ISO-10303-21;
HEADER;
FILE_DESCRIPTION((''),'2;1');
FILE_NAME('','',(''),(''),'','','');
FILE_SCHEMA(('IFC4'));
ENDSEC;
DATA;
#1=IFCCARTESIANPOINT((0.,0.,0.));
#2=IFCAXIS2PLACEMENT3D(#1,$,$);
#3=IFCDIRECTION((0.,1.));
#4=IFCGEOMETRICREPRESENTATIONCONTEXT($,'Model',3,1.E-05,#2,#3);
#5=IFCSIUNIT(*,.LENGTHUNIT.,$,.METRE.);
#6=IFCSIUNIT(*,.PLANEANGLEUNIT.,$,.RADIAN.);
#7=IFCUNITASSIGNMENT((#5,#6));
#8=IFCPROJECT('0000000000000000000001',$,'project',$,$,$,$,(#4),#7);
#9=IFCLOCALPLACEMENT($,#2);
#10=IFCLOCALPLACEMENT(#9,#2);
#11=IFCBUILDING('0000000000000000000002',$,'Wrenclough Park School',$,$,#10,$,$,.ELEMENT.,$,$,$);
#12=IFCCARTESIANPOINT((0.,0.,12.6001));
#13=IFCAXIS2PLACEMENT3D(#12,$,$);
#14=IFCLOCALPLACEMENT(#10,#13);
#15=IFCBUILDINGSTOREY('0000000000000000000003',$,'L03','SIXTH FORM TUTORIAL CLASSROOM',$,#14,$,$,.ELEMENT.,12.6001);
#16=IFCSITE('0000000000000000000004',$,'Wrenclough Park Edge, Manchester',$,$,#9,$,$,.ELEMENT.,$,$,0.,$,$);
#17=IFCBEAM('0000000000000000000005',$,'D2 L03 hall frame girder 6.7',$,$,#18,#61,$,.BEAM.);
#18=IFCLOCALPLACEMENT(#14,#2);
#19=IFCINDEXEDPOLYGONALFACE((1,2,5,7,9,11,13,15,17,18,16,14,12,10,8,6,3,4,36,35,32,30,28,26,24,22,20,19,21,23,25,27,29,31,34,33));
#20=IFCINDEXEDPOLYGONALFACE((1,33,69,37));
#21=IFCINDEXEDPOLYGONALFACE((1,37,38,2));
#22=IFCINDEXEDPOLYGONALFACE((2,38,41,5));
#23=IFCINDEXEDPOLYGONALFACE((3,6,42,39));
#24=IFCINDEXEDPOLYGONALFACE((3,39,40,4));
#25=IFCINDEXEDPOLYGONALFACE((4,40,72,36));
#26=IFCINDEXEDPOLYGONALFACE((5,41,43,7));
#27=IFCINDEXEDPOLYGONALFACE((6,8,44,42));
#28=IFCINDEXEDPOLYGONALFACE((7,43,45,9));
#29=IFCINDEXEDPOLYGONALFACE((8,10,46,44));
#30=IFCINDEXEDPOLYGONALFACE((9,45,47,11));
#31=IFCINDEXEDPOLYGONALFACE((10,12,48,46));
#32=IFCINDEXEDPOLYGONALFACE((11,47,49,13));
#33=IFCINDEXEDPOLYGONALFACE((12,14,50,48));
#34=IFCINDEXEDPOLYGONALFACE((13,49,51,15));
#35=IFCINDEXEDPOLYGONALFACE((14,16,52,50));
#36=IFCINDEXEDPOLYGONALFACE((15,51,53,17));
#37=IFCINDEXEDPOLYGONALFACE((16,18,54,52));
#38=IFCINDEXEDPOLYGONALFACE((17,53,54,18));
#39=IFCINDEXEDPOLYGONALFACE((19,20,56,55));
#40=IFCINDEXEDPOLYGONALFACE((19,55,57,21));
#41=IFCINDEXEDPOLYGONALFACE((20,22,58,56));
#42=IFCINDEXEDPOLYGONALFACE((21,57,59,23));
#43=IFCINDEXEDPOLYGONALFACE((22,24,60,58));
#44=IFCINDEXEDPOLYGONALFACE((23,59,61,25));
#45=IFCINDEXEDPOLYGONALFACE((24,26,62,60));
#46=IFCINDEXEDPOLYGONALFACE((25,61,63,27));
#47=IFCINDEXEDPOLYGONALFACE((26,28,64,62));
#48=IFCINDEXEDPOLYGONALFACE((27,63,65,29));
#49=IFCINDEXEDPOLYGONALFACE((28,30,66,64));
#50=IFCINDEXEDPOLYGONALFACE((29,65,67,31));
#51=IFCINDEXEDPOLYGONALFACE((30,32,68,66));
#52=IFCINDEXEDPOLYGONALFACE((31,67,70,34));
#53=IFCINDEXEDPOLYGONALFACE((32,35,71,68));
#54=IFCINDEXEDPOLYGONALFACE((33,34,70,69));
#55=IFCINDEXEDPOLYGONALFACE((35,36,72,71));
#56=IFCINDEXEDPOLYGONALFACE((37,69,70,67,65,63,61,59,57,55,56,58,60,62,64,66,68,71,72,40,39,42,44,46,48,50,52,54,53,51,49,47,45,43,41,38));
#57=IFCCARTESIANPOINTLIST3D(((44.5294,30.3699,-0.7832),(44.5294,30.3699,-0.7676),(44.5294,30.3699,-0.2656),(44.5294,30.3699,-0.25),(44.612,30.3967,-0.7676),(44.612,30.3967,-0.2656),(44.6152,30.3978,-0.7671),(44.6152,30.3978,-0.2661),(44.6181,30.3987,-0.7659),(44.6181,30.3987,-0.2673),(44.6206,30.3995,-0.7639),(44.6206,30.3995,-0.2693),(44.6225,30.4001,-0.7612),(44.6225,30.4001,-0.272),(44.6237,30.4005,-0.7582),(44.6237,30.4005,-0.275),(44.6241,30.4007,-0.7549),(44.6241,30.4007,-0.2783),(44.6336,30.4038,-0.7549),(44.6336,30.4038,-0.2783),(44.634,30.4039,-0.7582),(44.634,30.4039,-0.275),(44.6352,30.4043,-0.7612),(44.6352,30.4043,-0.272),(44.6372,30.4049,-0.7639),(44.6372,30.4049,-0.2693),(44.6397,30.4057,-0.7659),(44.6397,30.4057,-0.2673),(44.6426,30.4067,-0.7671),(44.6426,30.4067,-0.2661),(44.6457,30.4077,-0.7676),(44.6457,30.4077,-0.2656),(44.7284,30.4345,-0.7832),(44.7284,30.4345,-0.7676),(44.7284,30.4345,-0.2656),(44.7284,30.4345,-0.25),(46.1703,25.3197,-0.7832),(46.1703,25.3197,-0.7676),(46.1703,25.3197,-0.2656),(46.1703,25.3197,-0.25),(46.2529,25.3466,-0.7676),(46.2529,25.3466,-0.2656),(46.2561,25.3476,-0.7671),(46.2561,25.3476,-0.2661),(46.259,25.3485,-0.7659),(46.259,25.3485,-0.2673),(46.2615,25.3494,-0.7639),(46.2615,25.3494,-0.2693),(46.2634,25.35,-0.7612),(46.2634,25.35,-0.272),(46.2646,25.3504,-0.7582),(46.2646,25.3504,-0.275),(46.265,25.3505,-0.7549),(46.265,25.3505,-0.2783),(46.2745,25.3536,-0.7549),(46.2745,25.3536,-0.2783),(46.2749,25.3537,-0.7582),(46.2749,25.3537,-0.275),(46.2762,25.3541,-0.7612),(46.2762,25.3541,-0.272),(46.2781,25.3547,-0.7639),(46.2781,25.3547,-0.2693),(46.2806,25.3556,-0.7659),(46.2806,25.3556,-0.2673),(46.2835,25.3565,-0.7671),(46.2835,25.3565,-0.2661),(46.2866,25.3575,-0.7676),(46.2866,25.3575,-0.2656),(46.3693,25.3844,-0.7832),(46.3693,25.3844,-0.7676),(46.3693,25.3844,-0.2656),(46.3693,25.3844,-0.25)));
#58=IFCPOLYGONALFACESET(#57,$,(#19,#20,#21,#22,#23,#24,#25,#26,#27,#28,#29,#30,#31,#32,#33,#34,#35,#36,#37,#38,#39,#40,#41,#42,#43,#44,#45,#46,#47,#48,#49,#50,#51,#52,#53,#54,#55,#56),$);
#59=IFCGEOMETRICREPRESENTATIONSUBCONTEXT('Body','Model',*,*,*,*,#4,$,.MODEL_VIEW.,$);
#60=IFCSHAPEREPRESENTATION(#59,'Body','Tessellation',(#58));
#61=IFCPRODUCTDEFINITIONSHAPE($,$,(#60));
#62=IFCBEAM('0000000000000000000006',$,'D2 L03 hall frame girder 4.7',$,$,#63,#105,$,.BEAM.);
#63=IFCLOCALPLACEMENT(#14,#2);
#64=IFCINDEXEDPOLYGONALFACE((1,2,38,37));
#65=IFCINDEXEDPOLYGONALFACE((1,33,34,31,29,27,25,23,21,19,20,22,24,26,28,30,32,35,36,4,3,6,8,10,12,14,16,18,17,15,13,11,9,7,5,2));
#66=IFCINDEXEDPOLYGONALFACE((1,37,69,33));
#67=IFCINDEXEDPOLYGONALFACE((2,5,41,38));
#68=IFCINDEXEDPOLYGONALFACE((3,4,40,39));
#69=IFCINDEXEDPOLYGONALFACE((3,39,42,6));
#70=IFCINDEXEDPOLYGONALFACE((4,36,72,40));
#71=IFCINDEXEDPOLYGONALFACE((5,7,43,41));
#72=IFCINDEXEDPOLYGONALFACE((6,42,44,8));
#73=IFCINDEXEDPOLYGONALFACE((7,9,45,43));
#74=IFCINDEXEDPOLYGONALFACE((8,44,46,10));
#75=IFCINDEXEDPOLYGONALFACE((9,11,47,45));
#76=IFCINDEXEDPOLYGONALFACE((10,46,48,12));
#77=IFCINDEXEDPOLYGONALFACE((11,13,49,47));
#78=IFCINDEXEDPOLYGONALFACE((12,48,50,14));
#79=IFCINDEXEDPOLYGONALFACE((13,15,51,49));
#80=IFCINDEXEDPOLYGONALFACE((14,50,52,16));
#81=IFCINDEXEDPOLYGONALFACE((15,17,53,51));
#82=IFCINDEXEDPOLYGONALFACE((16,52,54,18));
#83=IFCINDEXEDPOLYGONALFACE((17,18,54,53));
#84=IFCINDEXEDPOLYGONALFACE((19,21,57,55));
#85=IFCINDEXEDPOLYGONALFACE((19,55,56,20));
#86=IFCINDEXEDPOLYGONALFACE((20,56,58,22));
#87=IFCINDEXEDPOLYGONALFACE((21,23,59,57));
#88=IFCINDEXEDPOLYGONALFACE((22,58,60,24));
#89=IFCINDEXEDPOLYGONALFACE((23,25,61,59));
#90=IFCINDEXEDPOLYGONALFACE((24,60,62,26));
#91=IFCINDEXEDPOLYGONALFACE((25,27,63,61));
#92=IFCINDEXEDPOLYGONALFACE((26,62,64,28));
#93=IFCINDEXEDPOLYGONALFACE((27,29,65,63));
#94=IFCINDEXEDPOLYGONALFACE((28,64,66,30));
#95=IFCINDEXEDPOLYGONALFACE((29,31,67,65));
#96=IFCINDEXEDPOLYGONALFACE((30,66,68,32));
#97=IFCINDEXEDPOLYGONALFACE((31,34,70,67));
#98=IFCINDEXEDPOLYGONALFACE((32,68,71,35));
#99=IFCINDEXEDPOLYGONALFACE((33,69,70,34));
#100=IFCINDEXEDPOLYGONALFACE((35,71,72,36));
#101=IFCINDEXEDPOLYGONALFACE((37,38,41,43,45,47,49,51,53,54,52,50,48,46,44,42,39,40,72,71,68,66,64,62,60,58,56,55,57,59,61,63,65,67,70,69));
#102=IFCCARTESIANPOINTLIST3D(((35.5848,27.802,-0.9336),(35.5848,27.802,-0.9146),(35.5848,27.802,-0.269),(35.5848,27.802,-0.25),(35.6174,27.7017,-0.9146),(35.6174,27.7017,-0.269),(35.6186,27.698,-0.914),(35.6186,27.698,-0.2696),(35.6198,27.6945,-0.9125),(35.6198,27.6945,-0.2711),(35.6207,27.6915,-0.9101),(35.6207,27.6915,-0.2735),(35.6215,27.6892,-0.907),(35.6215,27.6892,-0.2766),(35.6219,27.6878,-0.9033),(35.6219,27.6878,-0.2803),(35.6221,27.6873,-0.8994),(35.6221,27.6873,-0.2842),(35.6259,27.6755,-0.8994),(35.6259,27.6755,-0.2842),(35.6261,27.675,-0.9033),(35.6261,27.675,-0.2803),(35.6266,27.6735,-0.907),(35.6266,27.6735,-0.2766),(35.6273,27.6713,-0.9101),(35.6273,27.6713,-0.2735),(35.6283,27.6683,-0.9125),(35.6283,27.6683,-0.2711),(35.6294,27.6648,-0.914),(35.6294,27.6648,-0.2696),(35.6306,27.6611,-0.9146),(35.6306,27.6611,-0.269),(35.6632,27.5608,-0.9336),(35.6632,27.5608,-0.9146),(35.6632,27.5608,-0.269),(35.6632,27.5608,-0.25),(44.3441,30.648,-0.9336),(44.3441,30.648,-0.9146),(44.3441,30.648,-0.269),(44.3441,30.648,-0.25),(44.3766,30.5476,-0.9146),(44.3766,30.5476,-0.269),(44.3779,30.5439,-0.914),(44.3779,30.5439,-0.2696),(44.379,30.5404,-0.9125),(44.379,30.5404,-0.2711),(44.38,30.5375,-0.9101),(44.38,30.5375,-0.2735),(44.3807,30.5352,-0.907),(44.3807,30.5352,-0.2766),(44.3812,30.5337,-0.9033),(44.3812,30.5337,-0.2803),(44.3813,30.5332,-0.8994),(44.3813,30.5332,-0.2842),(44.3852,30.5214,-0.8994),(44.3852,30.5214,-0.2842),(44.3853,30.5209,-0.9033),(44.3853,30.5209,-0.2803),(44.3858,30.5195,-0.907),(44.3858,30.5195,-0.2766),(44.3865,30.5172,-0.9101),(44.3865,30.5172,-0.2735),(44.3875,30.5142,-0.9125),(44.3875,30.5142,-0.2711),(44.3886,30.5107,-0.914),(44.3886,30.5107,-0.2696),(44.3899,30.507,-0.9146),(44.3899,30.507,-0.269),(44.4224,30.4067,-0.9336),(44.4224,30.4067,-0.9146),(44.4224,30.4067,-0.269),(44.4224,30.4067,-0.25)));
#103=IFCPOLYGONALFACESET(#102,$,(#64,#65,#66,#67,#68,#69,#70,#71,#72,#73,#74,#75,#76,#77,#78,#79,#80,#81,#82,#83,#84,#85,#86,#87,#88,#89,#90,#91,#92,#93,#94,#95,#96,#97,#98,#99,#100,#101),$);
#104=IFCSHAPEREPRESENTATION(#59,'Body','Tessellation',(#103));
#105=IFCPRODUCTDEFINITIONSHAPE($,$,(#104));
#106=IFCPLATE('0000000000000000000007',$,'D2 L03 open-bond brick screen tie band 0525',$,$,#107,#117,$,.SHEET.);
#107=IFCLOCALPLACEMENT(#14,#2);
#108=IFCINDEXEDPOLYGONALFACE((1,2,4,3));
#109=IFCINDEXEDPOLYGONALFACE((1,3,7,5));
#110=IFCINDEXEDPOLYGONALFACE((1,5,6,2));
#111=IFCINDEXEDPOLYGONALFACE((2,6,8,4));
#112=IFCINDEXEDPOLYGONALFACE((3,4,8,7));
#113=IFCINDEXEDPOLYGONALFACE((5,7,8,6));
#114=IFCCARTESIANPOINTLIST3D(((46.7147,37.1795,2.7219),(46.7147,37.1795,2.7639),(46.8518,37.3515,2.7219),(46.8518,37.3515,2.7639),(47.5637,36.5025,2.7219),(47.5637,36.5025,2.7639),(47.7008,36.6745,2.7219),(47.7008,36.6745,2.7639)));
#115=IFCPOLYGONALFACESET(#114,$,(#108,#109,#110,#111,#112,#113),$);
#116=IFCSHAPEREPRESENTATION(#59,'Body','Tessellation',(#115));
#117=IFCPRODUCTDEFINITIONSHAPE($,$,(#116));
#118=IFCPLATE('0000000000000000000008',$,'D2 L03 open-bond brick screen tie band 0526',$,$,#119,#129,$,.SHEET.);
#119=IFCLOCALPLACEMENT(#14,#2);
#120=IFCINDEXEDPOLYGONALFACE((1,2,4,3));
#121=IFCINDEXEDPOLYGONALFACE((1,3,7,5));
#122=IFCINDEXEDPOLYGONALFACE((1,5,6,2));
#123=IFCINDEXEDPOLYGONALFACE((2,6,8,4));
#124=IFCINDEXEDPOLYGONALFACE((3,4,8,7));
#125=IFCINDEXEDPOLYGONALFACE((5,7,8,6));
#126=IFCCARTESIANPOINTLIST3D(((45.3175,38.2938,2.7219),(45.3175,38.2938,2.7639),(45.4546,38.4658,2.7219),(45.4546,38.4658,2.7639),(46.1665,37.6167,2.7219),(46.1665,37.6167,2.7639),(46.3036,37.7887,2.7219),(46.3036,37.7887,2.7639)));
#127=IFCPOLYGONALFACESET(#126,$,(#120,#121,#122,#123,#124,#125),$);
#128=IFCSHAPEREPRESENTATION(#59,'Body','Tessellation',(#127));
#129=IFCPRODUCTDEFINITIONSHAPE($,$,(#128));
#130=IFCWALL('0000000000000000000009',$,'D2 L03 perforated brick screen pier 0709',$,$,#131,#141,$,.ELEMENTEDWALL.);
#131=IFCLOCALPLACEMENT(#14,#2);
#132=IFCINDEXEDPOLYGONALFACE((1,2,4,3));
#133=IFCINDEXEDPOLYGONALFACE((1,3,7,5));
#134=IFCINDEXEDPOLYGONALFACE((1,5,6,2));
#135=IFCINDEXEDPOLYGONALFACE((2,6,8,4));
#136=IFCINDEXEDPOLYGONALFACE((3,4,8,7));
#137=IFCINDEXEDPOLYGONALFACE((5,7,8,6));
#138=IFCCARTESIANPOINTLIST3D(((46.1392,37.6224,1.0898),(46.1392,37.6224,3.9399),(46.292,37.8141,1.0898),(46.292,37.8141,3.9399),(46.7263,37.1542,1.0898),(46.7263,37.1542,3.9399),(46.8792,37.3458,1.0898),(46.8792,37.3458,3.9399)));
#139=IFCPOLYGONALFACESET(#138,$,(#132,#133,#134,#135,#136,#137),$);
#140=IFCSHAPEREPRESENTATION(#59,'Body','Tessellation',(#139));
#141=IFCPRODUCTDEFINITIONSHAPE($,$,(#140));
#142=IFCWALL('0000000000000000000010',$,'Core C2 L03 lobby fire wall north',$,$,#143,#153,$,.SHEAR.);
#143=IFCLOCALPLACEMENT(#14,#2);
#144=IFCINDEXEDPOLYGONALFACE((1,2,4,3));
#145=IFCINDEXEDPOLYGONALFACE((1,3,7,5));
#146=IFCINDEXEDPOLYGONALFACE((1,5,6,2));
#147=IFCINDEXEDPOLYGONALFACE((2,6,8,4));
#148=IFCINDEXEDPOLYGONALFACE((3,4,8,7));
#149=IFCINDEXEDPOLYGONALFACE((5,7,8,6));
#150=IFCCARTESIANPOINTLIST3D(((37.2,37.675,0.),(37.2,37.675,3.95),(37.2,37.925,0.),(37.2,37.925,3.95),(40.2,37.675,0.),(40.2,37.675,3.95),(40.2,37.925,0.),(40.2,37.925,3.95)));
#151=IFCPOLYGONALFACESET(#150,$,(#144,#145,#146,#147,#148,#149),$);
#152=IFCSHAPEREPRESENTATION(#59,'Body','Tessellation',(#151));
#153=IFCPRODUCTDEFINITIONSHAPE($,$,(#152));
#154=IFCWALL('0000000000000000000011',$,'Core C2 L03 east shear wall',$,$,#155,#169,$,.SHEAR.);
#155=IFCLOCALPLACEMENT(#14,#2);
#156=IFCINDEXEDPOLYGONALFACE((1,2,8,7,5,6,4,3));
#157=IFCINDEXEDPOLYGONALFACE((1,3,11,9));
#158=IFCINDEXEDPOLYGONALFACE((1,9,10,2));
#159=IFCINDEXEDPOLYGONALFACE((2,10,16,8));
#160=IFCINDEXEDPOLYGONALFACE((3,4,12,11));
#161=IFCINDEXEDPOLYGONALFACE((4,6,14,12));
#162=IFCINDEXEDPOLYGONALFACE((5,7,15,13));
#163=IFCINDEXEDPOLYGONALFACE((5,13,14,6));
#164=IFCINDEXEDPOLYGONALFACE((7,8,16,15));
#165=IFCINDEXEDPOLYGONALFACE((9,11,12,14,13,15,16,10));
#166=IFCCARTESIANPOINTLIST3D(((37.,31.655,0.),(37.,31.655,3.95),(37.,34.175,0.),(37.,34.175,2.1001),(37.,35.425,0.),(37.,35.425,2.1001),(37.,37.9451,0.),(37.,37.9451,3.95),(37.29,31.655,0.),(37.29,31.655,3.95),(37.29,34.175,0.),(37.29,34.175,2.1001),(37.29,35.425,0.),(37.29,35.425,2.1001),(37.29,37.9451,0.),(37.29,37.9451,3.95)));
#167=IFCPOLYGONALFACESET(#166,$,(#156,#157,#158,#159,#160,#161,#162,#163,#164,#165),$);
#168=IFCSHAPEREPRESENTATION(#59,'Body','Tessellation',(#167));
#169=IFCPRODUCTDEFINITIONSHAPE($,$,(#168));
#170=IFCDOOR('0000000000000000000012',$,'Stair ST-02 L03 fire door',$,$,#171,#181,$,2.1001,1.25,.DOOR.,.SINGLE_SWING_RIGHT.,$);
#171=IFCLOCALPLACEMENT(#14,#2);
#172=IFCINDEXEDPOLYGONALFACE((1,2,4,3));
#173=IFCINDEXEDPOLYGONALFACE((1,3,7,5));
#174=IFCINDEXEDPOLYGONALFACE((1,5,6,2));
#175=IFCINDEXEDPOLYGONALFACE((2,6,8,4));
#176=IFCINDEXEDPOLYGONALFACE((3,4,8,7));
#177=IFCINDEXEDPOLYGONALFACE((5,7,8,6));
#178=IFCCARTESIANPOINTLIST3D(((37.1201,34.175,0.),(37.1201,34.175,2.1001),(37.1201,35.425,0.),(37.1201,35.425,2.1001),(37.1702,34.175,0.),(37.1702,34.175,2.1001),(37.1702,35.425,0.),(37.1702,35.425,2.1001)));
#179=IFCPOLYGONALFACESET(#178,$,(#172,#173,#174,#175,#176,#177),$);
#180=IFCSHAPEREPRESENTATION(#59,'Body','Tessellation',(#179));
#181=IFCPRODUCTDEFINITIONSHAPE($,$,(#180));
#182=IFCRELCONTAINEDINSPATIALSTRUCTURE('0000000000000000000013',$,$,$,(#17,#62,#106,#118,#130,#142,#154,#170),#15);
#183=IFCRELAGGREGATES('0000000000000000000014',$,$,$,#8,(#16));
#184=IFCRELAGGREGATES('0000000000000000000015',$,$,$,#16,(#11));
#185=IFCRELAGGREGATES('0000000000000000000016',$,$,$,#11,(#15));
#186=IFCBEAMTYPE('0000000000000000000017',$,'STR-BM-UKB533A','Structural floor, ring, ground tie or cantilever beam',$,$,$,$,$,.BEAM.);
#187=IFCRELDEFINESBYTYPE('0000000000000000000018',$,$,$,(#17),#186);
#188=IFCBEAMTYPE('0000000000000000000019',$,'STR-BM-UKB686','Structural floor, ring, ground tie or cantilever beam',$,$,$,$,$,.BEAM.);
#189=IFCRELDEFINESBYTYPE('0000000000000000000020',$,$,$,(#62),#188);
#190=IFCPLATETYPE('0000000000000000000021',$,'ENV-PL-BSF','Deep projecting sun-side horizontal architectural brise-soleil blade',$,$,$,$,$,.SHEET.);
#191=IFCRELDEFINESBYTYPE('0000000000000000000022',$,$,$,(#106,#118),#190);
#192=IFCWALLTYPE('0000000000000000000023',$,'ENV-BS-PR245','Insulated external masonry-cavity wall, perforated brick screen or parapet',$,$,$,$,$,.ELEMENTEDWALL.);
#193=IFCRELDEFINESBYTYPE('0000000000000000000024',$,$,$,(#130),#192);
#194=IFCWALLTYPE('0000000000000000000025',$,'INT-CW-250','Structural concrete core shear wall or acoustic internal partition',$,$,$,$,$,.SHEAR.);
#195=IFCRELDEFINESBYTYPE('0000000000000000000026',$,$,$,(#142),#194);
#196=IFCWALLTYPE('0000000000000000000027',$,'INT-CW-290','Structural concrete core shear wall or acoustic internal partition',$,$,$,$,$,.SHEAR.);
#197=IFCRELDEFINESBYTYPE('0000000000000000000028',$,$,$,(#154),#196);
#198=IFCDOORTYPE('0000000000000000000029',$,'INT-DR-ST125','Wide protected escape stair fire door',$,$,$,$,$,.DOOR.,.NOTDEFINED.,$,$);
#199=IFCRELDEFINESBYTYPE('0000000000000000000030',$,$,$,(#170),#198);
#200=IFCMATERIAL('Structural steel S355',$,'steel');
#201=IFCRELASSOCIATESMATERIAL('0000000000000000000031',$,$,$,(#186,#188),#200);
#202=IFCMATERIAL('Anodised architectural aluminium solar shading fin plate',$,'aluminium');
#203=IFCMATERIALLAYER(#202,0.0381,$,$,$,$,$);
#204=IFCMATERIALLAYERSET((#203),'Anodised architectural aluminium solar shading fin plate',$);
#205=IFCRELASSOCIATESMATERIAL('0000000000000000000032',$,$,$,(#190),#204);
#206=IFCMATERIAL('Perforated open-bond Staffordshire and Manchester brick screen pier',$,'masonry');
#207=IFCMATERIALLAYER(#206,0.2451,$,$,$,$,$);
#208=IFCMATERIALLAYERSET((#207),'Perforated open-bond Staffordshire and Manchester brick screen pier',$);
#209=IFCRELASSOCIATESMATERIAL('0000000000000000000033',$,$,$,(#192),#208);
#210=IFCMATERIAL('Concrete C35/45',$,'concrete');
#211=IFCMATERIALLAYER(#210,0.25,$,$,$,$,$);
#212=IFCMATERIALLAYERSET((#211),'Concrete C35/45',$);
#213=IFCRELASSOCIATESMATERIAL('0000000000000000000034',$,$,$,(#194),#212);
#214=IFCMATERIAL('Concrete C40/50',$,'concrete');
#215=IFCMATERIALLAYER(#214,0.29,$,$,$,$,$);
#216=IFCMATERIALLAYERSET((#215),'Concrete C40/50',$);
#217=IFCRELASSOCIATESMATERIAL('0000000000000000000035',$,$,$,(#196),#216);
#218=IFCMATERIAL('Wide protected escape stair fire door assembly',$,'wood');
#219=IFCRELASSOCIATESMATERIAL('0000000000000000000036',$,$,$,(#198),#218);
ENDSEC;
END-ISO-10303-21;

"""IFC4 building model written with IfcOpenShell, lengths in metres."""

from ifc_helpers import new_model, si_unit, direction, frame, frame_2d, origin, origin_2d, place, context, subcontext, project, spatial, rectangle, i_section, extrude, material, layer, layer_set, material_profile, profile_set, type_object, element, fill, save


model = new_model("IFC4")

# Units and contexts
model_context = context("Model", 3, precision=1e-05, world=origin(), true_north=direction((0.0, 1.0)))
body_context = subcontext(model_context, "Body", "Model", "MODEL_VIEW")
ifc_project = project(units=[si_unit("LENGTHUNIT", "METRE"), si_unit("PLANEANGLEUNIT", "RADIAN")], contexts=[model_context])

# Site, building, storey
site_placement = place(None, origin())
site = spatial("IfcSite", under=ifc_project, at=site_placement, Name="Wrenclough Park Edge, Manchester", CompositionType="ELEMENT", RefElevation=0.0)
building_placement = place(site_placement, origin())
building = spatial("IfcBuilding", under=site, at=building_placement, Name="Wrenclough Park School", CompositionType="ELEMENT")
storey_placement = place(building_placement, frame((0.0, 0.0, 12.6001)))
storey = spatial("IfcBuildingStorey", under=building, at=storey_placement, Name="L03", Description="SIXTH FORM TUTORIAL CLASSROOM", CompositionType="ELEMENT", Elevation=12.6001)

# Shared definitions
ifc_material_1 = material(Name="Structural steel S355", Category="steel")

# Beams
ifc_material_profile_1 = material_profile(ifc_material_1, i_section(OverallWidth=0.2092, OverallDepth=0.5332, WebThickness=0.01, FlangeThickness=0.0156, FilletRadius=0.0127, at=origin_2d()), Name="UKB 533x210x92")
ifc_profile_set_1 = profile_set([ifc_material_profile_1], Name="Structural steel S355")
beam_type_1 = type_object("IfcBeamType", Name="STR-BM-UKB533A", Description="Structural floor, ring, ground tie or cantilever beam", PredefinedType="BEAM", material=ifc_profile_set_1)
beam_1_placement = place(storey_placement, frame((46.2698, 25.3521, -0.5166), z_axis=(-0.309018, 0.951056, 0.0), x_axis=(-0.951056, -0.309018, 0.0)))
element("IfcBeam", 1, at=beam_1_placement, inside=storey, type_object=beam_type_1, Name="D2 L03 hall frame girder 6.7", PredefinedType="BEAM", context=body_context, shape_type="SweptSolid", body=[
    extrude(i_section(OverallWidth=0.2092, OverallDepth=0.5332, WebThickness=0.01, FlangeThickness=0.0156, FilletRadius=0.0127, at=origin_2d()), origin(), (0.0, 0.0, 1.0), 5.3101),
])
ifc_material_profile_2 = material_profile(ifc_material_1, i_section(OverallWidth=0.2537, OverallDepth=0.6836, WebThickness=0.0125, FlangeThickness=0.019, FilletRadius=0.0151, at=origin_2d()), Name="UKB 686x254x140")
ifc_profile_set_2 = profile_set([ifc_material_profile_2], Name="Structural steel S355")
beam_type_2 = type_object("IfcBeamType", Name="STR-BM-UKB686", Description="Structural floor, ring, ground tie or cantilever beam", PredefinedType="BEAM", material=ifc_profile_set_2)
beam_2_placement = place(storey_placement, frame((35.624, 27.6814, -0.5918), z_axis=(0.95106, 0.309006, 0.0), x_axis=(-0.309006, 0.95106, 0.0)))
element("IfcBeam", 2, at=beam_2_placement, inside=storey, type_object=beam_type_2, Name="D2 L03 hall frame girder 4.7", PredefinedType="BEAM", context=body_context, shape_type="SweptSolid", body=[
    extrude(i_section(OverallWidth=0.2537, OverallDepth=0.6836, WebThickness=0.0125, FlangeThickness=0.019, FilletRadius=0.0151, at=origin_2d()), origin(), (0.0, 0.0, 1.0), 9.21),
])

# Plates
ifc_material_2 = material(Name="Anodised architectural aluminium solar shading fin plate", Category="aluminium")
ifc_layer_1 = layer(ifc_material_2, 0.0381)
ifc_layer_set_1 = layer_set([ifc_layer_1], Name="Anodised architectural aluminium solar shading fin plate")
plate_type = type_object("IfcPlateType", Name="ENV-PL-BSF", Description="Deep projecting sun-side horizontal architectural brise-soleil blade", PredefinedType="SHEET", material=ifc_layer_set_1)
for number, where, z_axis, x_axis, name in (
    (3, (47.2078, 36.927, 2.7219), (0.0, 0.0, 1.0), (-0.78183, 0.623492, 0.0), "D2 L03 open-bond brick screen tie band 0525"),
    (4, (45.8105, 38.0413, 2.7219), (0.0, 0.0, 1.0), (-0.78183, 0.623492, 0.0), "D2 L03 open-bond brick screen tie band 0526"),
):
    element("IfcPlate", number, at=place(storey_placement, frame(where, z_axis=z_axis, x_axis=x_axis)), inside=storey, type_object=plate_type, Name=name, PredefinedType="SHEET", context=body_context, shape_type="SweptSolid", body=[
        extrude(rectangle(XDim=1.0859, YDim=0.22, at=origin_2d()), origin(), (0.0, 0.0, 1.0), 0.042),
    ])

# Wall
ifc_material_3 = material(Name="Perforated open-bond Staffordshire and Manchester brick screen pier", Category="masonry")
ifc_layer_2 = layer(ifc_material_3, 0.2451)
ifc_layer_set_2 = layer_set([ifc_layer_2], Name="Perforated open-bond Staffordshire and Manchester brick screen pier")
wall_type_1 = type_object("IfcWallType", Name="ENV-BS-PR245", Description="Insulated external masonry-cavity wall, perforated brick screen or parapet", PredefinedType="ELEMENTEDWALL", material=ifc_layer_set_2)
wall_1_placement = place(storey_placement, frame((46.8027, 37.25, 1.0898), z_axis=(0.0, 0.0, 1.0), x_axis=(-0.781819, 0.623505, 0.0)))
element("IfcWall", 5, at=wall_1_placement, inside=storey, type_object=wall_type_1, Name="D2 L03 perforated brick screen pier 0709", PredefinedType="ELEMENTEDWALL", context=body_context, shape_type="SweptSolid", body=[
    extrude(rectangle(XDim=0.751, YDim=0.2451, at=frame_2d((0.3755, 0.0))), origin(), (0.0, 0.0, 1.0), 2.8501),
])

# Shared definitions
ifc_material_4 = material(Name="Concrete C35/45", Category="concrete")
ifc_layer_3 = layer(ifc_material_4, 0.25)
ifc_layer_set_3 = layer_set([ifc_layer_3], Name="Concrete C35/45")
wall_type_2 = type_object("IfcWallType", Name="INT-CW-250", Description="Structural concrete core shear wall or acoustic internal partition", PredefinedType="SHEAR", material=ifc_layer_set_3)

# Wall
wall_2_placement = place(storey_placement, frame((40.2, 37.8, 0.0), z_axis=(0.0, 0.0, 1.0), x_axis=(-1.0, 0.0, 0.0)))
element("IfcWall", 6, at=wall_2_placement, inside=storey, type_object=wall_type_2, Name="Core C2 L03 lobby fire wall north", PredefinedType="SHEAR", context=body_context, shape_type="SweptSolid", body=[
    extrude(rectangle(XDim=3.0, YDim=0.25, at=frame_2d((1.5, 0.0))), origin(), (0.0, 0.0, 1.0), 3.95),
])

# Wall, opening, door
ifc_material_5 = material(Name="Concrete C40/50", Category="concrete")
ifc_layer_4 = layer(ifc_material_5, 0.29)
ifc_layer_set_4 = layer_set([ifc_layer_4], Name="Concrete C40/50")
wall_type_3 = type_object("IfcWallType", Name="INT-CW-290", Description="Structural concrete core shear wall or acoustic internal partition", PredefinedType="SHEAR", material=ifc_layer_set_4)
wall_3_placement = place(storey_placement, frame((37.145, 31.655, 0.0), z_axis=(0.0, 0.0, 1.0), x_axis=(0.0, 1.0, 0.0)))
wall_3 = element("IfcWall", 7, at=wall_3_placement, inside=storey, type_object=wall_type_3, Name="Core C2 L03 east shear wall", PredefinedType="SHEAR", context=body_context, shape_type="SweptSolid", body=[
    extrude(rectangle(XDim=6.29, YDim=0.29, at=frame_2d((3.145, 0.0))), origin(), (0.0, 0.0, 1.0), 3.95),
])
opening_1_placement = place(wall_3_placement, frame((2.52, 0.0, 0.0)))
opening_1 = element("IfcOpeningElement", 8, at=opening_1_placement, cuts=wall_3, PredefinedType="OPENING", context=body_context, shape_type="SweptSolid", body=[
    extrude(rectangle(XDim=1.25, YDim=2.1001, at=frame_2d((0.625, 1.05))), frame((0.0, 0.155, 0.0), z_axis=(0.0, -1.0, 0.0), x_axis=(1.0, 0.0, 0.0)), (0.0, 0.0, 1.0), 0.3101),
])
ifc_material_6 = material(Name="Wide protected escape stair fire door assembly", Category="wood")
door_type_1 = type_object("IfcDoorType", Name="INT-DR-ST125", Description="Wide protected escape stair fire door", OperationType="NOTDEFINED", PredefinedType="DOOR", material=ifc_material_6)
door_1_placement = place(opening_1_placement, origin())
door_1 = element("IfcDoor", 9, at=door_1_placement, inside=storey, type_object=door_type_1, Name="Stair ST-02 L03 fire door", OperationType="SINGLE_SWING_RIGHT", OverallHeight=2.1001, OverallWidth=1.25, PredefinedType="DOOR", context=body_context, shape_type="SweptSolid", body=[
    extrude(rectangle(XDim=1.25, YDim=2.1001, at=frame_2d((0.625, 1.05))), frame((0.0, 0.0249, 0.0), z_axis=(0.0, -1.0, 0.0), x_axis=(1.0, 0.0, 0.0)), (0.0, 0.0, 1.0), 0.05),
])
fill(opening_1, door_1)

save(model, "model.ifc")
